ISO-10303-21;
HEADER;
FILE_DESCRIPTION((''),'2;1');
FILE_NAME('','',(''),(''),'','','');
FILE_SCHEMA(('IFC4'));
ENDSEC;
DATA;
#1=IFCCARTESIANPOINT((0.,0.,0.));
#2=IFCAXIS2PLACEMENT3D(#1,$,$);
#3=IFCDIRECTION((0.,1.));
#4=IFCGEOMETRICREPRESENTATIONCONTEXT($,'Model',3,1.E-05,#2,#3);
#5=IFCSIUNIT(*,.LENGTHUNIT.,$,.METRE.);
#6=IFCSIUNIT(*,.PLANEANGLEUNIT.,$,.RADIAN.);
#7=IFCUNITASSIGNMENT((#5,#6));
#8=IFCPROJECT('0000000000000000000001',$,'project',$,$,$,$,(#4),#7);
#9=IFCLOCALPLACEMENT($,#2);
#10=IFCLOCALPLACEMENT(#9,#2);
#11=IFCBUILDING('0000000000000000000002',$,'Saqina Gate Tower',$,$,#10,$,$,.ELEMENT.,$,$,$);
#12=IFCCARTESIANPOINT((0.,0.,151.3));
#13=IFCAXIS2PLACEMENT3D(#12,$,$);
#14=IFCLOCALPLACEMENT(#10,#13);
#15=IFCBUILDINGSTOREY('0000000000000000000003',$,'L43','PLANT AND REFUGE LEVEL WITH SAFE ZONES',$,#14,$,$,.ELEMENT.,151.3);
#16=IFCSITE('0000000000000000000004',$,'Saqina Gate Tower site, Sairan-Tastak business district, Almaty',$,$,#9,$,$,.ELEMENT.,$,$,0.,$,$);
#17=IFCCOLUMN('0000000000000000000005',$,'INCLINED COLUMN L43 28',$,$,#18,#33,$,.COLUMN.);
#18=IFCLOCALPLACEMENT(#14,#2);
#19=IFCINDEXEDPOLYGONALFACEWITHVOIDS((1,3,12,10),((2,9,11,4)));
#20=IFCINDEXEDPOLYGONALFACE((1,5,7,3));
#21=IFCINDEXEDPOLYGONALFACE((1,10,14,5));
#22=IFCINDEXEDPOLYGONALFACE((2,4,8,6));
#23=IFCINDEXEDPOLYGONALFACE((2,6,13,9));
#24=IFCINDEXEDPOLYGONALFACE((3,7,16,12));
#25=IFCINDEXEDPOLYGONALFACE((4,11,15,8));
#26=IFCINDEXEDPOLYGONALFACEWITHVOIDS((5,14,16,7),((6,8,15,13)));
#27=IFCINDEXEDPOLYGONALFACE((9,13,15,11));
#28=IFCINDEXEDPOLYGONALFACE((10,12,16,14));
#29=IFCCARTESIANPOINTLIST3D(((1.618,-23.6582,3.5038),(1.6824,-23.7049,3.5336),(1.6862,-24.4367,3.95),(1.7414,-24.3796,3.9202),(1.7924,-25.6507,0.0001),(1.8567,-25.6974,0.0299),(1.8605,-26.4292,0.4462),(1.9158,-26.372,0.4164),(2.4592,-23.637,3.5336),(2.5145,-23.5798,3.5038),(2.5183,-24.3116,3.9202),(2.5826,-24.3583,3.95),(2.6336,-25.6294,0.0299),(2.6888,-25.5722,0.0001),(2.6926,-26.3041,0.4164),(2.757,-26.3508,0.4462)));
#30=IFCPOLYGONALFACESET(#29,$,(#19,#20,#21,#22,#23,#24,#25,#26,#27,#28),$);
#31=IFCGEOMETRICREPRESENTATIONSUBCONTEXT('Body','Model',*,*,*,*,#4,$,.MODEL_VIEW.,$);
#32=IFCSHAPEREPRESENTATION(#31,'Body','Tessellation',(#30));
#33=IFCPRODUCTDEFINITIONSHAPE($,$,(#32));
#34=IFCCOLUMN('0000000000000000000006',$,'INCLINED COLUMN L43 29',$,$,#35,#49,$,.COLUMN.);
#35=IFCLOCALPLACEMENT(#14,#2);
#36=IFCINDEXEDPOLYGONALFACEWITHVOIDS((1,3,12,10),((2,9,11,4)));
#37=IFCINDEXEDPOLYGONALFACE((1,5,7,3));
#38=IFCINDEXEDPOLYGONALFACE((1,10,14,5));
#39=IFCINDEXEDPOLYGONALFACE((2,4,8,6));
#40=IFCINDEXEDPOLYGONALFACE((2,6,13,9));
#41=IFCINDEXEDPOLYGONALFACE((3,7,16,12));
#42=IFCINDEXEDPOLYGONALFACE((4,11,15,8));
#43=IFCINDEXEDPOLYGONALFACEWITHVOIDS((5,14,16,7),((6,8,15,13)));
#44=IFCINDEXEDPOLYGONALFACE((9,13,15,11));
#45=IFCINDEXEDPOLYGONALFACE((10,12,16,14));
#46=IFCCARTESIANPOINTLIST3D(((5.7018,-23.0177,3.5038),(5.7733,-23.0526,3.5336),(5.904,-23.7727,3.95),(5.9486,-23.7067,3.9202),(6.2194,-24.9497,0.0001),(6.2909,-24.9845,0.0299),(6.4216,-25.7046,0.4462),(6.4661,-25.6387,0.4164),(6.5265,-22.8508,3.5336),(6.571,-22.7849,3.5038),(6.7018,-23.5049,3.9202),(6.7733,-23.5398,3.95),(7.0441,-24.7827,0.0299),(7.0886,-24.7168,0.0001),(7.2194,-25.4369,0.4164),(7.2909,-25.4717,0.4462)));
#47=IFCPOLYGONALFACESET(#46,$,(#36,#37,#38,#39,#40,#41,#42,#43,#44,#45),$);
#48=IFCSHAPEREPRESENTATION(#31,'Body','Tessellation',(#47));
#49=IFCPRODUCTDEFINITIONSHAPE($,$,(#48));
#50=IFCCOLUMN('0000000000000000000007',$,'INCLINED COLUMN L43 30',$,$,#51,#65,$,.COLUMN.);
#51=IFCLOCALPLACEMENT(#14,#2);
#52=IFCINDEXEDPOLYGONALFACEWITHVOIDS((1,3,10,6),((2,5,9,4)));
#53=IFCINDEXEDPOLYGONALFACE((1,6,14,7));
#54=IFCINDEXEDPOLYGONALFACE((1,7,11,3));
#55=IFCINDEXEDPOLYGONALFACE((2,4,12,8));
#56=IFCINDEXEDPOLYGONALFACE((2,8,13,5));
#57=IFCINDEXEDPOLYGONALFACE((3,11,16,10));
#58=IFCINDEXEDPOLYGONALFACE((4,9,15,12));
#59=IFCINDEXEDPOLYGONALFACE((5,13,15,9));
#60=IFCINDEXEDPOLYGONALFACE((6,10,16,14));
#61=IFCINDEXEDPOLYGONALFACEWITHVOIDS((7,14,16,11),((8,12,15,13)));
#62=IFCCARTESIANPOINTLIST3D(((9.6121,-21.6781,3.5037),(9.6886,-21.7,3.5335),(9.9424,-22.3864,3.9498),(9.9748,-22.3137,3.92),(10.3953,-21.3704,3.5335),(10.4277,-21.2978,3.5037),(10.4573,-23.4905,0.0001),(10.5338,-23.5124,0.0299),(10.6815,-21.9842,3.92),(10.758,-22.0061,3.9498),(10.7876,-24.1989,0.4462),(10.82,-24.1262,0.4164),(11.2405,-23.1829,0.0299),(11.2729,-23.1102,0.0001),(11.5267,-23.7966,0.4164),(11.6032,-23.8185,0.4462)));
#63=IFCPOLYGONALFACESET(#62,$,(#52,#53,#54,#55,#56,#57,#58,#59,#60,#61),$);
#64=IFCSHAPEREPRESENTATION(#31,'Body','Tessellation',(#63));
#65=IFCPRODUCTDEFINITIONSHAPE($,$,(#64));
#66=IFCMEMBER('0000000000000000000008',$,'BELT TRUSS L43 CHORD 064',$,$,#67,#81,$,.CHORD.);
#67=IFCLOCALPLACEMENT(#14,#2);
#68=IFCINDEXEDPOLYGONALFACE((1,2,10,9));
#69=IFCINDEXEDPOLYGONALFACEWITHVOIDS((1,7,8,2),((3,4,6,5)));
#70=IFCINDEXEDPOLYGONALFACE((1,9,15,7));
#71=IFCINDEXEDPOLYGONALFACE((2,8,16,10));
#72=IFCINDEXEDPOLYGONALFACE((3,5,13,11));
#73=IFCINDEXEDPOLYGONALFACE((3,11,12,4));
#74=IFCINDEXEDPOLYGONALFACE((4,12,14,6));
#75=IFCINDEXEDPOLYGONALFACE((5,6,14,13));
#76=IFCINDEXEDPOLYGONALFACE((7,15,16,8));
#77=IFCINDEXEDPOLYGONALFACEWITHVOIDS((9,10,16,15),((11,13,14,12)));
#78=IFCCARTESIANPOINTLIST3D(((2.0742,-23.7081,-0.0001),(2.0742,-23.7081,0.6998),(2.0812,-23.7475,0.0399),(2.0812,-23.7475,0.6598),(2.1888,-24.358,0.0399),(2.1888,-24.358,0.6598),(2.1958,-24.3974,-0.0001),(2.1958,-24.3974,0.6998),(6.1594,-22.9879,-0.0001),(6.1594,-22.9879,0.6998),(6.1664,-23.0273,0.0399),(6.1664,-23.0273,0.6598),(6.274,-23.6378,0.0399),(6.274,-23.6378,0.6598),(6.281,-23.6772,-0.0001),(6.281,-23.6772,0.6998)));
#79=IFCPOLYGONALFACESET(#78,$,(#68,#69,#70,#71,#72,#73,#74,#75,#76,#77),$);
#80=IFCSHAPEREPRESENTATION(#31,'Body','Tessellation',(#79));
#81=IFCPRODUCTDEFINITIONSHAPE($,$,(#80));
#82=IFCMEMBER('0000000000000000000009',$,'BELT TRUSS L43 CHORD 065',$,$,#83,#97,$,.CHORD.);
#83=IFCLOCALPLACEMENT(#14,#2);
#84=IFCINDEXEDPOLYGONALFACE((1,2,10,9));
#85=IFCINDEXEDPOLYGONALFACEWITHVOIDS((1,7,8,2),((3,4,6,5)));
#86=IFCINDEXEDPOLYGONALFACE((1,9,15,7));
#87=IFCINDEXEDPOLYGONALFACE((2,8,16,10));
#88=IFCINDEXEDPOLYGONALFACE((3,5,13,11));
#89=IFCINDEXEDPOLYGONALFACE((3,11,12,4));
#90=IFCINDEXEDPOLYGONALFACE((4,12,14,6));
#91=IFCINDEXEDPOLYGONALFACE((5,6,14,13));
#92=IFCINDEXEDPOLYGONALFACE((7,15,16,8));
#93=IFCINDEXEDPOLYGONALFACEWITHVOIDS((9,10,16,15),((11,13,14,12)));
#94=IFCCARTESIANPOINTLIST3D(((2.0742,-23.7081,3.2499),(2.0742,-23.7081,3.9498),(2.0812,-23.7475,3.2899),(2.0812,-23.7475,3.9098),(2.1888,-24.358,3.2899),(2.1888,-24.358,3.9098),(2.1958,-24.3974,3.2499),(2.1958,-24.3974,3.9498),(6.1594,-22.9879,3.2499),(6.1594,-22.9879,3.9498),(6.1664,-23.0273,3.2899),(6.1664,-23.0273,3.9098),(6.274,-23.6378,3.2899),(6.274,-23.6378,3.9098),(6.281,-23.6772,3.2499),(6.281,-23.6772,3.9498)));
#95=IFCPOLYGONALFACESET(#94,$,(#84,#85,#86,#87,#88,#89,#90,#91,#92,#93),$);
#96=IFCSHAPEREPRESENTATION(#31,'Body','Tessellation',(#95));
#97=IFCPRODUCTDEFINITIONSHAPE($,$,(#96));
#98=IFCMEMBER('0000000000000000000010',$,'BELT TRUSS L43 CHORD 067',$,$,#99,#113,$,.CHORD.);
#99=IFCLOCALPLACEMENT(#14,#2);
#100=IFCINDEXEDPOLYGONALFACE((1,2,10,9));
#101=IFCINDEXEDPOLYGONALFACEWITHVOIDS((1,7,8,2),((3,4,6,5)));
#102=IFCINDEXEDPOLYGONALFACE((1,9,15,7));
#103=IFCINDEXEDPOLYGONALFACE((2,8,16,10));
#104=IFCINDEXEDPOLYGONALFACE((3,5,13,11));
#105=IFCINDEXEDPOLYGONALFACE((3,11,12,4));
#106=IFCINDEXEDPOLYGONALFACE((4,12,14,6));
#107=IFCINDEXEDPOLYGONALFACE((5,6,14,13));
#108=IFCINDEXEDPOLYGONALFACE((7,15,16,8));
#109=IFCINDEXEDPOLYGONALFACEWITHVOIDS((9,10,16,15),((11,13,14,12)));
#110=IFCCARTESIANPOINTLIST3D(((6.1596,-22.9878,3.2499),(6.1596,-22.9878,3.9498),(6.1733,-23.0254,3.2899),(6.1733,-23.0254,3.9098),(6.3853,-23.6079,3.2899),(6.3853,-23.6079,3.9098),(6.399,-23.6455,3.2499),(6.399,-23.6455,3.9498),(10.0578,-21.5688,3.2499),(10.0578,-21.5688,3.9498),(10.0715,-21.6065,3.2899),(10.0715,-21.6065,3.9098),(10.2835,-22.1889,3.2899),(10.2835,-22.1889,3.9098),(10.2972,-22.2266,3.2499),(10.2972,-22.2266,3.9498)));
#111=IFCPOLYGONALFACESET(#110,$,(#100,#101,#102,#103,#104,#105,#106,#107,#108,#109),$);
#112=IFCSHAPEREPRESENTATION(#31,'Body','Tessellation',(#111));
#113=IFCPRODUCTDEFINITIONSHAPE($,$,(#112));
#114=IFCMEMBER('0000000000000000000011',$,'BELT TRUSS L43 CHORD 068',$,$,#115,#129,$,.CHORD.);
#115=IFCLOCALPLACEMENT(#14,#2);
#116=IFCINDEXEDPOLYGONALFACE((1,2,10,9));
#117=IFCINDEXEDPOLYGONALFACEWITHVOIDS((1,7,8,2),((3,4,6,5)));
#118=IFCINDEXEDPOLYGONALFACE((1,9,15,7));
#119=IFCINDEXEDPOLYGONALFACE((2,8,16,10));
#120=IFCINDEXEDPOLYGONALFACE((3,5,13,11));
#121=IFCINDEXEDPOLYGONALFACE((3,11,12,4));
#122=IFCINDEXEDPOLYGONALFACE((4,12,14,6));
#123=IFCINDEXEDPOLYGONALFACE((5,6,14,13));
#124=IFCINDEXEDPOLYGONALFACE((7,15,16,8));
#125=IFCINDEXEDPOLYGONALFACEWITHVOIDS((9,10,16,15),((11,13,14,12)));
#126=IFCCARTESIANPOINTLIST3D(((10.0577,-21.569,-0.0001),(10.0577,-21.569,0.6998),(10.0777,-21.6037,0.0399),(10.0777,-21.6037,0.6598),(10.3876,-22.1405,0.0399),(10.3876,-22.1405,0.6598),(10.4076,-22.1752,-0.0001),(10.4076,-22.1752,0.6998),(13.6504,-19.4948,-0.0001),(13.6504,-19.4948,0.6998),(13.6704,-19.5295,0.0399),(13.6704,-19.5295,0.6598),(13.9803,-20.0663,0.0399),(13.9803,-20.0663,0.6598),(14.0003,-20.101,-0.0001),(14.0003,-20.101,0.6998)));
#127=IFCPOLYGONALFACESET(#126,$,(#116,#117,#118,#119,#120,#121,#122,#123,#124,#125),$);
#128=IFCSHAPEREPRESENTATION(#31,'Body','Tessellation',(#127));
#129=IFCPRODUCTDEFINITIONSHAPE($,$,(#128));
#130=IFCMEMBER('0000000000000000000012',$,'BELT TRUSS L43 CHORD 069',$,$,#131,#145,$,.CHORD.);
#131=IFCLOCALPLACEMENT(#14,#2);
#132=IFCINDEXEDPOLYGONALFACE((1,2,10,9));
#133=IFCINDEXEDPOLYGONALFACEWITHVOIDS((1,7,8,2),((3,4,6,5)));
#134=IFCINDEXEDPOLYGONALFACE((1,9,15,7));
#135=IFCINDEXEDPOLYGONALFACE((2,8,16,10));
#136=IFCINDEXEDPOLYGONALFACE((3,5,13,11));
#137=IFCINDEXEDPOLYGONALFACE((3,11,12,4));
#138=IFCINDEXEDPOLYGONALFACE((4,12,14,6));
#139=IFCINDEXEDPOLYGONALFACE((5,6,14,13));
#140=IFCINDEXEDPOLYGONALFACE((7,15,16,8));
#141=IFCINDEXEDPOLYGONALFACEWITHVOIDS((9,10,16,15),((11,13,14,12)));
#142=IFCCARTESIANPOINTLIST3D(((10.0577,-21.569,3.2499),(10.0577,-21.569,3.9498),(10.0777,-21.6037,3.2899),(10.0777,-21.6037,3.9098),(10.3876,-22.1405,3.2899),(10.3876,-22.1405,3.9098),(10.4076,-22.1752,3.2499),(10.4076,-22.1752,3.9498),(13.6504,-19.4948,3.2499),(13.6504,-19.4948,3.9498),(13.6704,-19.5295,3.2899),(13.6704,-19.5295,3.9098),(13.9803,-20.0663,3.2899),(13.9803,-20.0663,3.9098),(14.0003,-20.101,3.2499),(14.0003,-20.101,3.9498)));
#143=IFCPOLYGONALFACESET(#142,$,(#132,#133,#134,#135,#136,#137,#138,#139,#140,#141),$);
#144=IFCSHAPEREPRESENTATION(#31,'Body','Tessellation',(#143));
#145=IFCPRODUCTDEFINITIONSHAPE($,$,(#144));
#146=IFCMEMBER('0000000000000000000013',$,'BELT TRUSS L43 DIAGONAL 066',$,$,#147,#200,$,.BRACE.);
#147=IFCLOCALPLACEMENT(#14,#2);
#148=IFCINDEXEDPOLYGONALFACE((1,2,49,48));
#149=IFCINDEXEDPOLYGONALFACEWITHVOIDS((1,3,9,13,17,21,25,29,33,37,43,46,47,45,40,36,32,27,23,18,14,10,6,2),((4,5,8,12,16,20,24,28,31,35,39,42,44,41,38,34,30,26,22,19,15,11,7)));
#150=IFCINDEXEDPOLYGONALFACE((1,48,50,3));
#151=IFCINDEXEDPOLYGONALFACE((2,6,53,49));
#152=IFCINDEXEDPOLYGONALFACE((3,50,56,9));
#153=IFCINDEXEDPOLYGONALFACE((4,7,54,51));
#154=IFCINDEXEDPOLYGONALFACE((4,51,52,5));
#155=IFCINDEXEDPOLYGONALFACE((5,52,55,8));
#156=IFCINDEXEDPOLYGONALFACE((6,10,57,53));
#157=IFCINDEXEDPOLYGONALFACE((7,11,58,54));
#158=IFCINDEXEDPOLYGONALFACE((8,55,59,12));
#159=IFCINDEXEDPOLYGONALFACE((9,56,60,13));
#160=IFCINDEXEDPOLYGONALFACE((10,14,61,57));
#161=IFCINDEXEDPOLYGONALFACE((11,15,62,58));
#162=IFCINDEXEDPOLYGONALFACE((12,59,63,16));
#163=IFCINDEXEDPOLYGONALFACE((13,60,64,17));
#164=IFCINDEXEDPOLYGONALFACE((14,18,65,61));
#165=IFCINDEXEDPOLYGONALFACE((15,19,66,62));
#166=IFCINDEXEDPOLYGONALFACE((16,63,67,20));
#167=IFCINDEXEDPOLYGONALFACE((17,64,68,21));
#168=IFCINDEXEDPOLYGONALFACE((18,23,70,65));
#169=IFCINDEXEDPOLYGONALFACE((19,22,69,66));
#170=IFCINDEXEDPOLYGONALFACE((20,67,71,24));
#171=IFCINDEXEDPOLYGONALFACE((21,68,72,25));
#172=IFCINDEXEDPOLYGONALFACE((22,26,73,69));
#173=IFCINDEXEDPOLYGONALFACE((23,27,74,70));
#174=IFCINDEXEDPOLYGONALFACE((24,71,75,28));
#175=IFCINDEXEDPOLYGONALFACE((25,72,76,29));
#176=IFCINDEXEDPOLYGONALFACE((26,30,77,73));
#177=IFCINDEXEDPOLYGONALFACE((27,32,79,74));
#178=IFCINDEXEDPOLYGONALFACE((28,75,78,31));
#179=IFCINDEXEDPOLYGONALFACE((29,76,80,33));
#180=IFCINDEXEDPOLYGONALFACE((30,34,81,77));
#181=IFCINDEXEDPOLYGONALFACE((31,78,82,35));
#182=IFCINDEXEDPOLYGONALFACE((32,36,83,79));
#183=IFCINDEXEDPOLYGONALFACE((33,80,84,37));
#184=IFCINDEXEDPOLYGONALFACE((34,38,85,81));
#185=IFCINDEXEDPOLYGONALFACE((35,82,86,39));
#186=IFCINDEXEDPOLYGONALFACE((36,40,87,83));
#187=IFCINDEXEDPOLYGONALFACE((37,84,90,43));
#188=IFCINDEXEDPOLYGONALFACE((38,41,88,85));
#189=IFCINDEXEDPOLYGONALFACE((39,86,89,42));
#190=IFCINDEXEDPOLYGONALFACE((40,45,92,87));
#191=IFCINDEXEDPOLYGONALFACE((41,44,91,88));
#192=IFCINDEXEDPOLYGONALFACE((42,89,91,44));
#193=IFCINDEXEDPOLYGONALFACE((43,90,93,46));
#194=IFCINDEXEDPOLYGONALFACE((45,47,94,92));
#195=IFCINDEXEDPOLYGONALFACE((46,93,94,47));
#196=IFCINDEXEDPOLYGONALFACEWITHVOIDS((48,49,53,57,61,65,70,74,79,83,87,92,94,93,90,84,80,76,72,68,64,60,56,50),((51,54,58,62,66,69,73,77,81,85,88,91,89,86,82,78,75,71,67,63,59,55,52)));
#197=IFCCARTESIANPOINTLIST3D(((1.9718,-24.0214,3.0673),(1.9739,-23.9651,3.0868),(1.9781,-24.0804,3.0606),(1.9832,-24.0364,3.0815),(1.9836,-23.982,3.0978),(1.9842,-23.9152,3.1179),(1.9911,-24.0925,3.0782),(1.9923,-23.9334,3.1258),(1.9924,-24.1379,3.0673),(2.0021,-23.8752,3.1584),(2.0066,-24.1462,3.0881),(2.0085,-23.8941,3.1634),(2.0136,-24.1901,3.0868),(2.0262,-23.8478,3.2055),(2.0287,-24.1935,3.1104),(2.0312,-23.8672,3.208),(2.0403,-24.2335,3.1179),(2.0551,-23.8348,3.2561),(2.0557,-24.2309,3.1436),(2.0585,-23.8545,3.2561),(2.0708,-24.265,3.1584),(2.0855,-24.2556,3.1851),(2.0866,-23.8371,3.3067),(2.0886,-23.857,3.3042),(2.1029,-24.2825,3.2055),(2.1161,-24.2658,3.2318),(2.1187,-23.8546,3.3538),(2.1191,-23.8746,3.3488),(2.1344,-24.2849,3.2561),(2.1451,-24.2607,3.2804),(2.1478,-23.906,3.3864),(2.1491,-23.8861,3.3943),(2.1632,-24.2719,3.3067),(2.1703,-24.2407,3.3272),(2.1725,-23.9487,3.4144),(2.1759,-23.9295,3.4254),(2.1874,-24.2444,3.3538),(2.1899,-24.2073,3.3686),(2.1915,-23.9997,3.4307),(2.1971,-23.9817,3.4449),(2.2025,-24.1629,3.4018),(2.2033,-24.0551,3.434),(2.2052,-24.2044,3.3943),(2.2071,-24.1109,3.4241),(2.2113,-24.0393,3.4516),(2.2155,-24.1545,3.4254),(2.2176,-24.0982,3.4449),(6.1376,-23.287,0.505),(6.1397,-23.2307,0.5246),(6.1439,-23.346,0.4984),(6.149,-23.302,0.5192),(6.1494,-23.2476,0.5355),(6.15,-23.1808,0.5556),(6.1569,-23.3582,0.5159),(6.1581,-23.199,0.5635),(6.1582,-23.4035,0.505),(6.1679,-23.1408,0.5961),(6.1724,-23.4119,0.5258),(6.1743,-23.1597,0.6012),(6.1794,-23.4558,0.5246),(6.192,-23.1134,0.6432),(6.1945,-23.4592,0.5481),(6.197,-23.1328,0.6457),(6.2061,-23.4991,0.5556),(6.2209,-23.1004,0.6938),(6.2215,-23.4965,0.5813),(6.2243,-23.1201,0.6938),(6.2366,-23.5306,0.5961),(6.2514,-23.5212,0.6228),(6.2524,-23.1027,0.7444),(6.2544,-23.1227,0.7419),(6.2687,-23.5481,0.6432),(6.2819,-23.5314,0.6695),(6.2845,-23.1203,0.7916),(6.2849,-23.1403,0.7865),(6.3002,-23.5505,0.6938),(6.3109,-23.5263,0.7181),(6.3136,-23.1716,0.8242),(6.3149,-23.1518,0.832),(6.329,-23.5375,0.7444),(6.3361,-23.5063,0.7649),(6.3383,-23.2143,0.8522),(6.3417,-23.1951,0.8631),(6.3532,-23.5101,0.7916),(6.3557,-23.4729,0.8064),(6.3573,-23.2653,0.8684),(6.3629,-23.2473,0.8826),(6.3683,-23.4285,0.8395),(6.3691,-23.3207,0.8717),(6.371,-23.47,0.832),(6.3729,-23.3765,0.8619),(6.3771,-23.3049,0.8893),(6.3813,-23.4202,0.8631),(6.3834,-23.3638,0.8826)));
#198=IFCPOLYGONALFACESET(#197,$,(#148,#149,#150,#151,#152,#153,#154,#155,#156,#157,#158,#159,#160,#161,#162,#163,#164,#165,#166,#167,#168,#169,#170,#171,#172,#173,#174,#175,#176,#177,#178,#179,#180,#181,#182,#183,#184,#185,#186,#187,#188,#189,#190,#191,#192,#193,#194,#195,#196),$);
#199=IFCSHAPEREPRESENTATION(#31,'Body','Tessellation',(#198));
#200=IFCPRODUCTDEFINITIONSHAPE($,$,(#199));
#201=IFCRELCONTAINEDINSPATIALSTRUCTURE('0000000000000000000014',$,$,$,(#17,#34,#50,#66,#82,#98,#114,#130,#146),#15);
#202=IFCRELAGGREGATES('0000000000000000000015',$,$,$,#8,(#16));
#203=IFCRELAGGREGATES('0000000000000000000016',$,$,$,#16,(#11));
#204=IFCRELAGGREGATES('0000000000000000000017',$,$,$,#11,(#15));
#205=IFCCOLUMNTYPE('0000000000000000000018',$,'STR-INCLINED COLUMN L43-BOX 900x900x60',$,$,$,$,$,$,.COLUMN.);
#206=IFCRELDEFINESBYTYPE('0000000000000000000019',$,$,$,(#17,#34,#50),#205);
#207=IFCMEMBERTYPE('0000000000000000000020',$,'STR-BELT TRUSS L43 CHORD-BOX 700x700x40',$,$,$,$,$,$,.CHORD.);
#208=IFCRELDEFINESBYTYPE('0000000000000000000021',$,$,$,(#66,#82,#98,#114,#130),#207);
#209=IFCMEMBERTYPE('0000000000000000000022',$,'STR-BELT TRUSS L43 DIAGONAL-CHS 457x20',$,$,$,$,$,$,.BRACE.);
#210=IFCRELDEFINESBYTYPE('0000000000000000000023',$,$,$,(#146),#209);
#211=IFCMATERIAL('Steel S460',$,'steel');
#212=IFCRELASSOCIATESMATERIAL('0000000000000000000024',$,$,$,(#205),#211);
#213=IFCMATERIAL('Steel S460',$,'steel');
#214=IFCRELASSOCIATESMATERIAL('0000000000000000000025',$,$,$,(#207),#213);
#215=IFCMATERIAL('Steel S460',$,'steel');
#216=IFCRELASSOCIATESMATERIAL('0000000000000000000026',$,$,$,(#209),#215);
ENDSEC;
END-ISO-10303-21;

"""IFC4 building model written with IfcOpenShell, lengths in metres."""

from ifc_helpers import new_model, si_unit, direction, frame, origin, origin_2d, place, context, subcontext, project, spatial, hollow_rectangle, hollow_circle, extrude, material, material_profile, profile_set, type_object, element, save


model = new_model("IFC4")

# Units and contexts
model_context = context("Model", 3, precision=1e-05, world=origin(), true_north=direction((0.0, 1.0)))
body_context = subcontext(model_context, "Body", "Model", "MODEL_VIEW")
ifc_project = project(units=[si_unit("LENGTHUNIT", "METRE"), si_unit("PLANEANGLEUNIT", "RADIAN")], contexts=[model_context])

# Site, building, storey
site_placement = place(None, origin())
site = spatial("IfcSite", under=ifc_project, at=site_placement, Name="Saqina Gate Tower site, Sairan-Tastak business district, Almaty", CompositionType="ELEMENT", RefElevation=0.0)
building_placement = place(site_placement, origin())
building = spatial("IfcBuilding", under=site, at=building_placement, Name="Saqina Gate Tower", CompositionType="ELEMENT")
storey_placement = place(building_placement, frame((0.0, 0.0, 151.3)))
storey = spatial("IfcBuildingStorey", under=building, at=storey_placement, Name="L43", Description="PLANT AND REFUGE LEVEL WITH SAFE ZONES", CompositionType="ELEMENT", Elevation=151.3)

# Columns
ifc_material_1 = material(Name="Steel S460", Category="steel")
ifc_material_profile_1 = material_profile(ifc_material_1, hollow_rectangle(XDim=0.8999, YDim=0.8999, WallThickness=0.0601, at=origin_2d()), Name="BOX 900x900x60")
ifc_profile_set_1 = profile_set([ifc_material_profile_1], Name="Steel S460")
column_type = type_object("IfcColumnType", Name="STR-INCLINED COLUMN L43-BOX 900x900x60", PredefinedType="COLUMN", material=ifc_profile_set_1)
for number, where, z_axis, x_axis, name in (
    (1, (2.2747, -26.0007, 0.2231), (-0.043208, 0.493869, 0.868462), (-0.996195, -0.087156, 0.0), "INCLINED COLUMN L43 28"),
    (2, (6.7551, -25.2107, 0.2231), (-0.128294, 0.478863, 0.868465), (-0.965934, -0.258787, 0.0), "INCLINED COLUMN L43 29"),
):
    element("IfcColumn", number, at=place(storey_placement, frame(where, z_axis=z_axis, x_axis=x_axis)), inside=storey, type_object=column_type, Name=name, PredefinedType="COLUMN", context=body_context, shape_type="SweptSolid", body=[
        extrude(hollow_rectangle(XDim=0.8999, YDim=0.8999, WallThickness=0.0601, at=origin_2d()), origin(), (0.0, 0.0, 1.0), 4.0344),
    ])
column_placement = place(storey_placement, frame((11.0303, -23.6545, 0.2231), z_axis=(-0.20951, 0.449278, 0.868479), x_axis=(-0.906302, -0.422631, 0.0)))
element("IfcColumn", 3, at=column_placement, inside=storey, type_object=column_type, Name="INCLINED COLUMN L43 30", PredefinedType="COLUMN", context=body_context, shape_type="SweptSolid", body=[
    extrude(hollow_rectangle(XDim=0.8999, YDim=0.8999, WallThickness=0.0601, at=origin_2d()), origin(), (0.0, 0.0, 1.0), 4.0342),
])

# Members
ifc_material_2 = material(Name="Steel S460", Category="steel")
ifc_material_profile_2 = material_profile(ifc_material_2, hollow_rectangle(XDim=0.7, YDim=0.7, WallThickness=0.04, at=origin_2d()), Name="BOX 700x700x40")
ifc_profile_set_2 = profile_set([ifc_material_profile_2], Name="Steel S460")
member_type_1 = type_object("IfcMemberType", Name="STR-BELT TRUSS L43 CHORD-BOX 700x700x40", PredefinedType="CHORD", material=ifc_profile_set_2)
for number, where, z_axis, x_axis, name in (
    (4, (2.135, -24.0527, 0.3499), (0.984813, 0.173621, 0.0), (-0.173621, 0.984813, 0.0), "BELT TRUSS L43 CHORD 064"),
    (5, (2.135, -24.0527, 3.5999), (0.984813, 0.173621, 0.0), (-0.173621, 0.984813, 0.0), "BELT TRUSS L43 CHORD 065"),
):
    element("IfcMember", number, at=place(storey_placement, frame(where, z_axis=z_axis, x_axis=x_axis)), inside=storey, type_object=member_type_1, Name=name, PredefinedType="CHORD", context=body_context, shape_type="SweptSolid", body=[
        extrude(hollow_rectangle(XDim=0.7, YDim=0.7, WallThickness=0.04, at=origin_2d()), origin(), (0.0, 0.0, 1.0), 4.1482),
    ])
for number, where, z_axis, x_axis, name in (
    (6, (6.2793, -23.3167, 3.5999), (0.939683, 0.342045, 0.0), (-0.342045, 0.939683, 0.0), "BELT TRUSS L43 CHORD 067"),
    (7, (10.2327, -21.8721, 0.3499), (0.866033, 0.499987, 0.0), (-0.499987, 0.866033, 0.0), "BELT TRUSS L43 CHORD 068"),
    (8, (10.2327, -21.8721, 3.5999), (0.866033, 0.499987, 0.0), (-0.499987, 0.866033, 0.0), "BELT TRUSS L43 CHORD 069"),
):
    element("IfcMember", number, at=place(storey_placement, frame(where, z_axis=z_axis, x_axis=x_axis)), inside=storey, type_object=member_type_1, Name=name, PredefinedType="CHORD", context=body_context, shape_type="SweptSolid", body=[
        extrude(hollow_rectangle(XDim=0.7, YDim=0.7, WallThickness=0.04, at=origin_2d()), origin(), (0.0, 0.0, 1.0), 4.1484),
    ])
ifc_material_3 = material(Name="Steel S460", Category="steel")
ifc_material_profile_3 = material_profile(ifc_material_3, hollow_circle(Radius=0.2285, WallThickness=0.02, at=origin_2d()), Name="CHS 457x20")
ifc_profile_set_3 = profile_set([ifc_material_profile_3], Name="Steel S460")
member_type_2 = type_object("IfcMemberType", Name="STR-BELT TRUSS L43 DIAGONAL-CHS 457x20", PredefinedType="BRACE", material=ifc_profile_set_3)
member_1_placement = place(storey_placement, frame((2.0947, -24.0598, 3.2561), z_axis=(0.842333, 0.148493, -0.518097), x_axis=(-0.173611, 0.984814, 0.0)))
element("IfcMember", 9, at=member_1_placement, inside=storey, type_object=member_type_2, Name="BELT TRUSS L43 DIAGONAL 066", PredefinedType="BRACE", context=body_context, shape_type="SweptSolid", body=[
    extrude(hollow_circle(Radius=0.2285, WallThickness=0.02, at=origin_2d()), origin(), (0.0, 0.0, 1.0), 4.9456),
])

save(model, "model.ifc")
